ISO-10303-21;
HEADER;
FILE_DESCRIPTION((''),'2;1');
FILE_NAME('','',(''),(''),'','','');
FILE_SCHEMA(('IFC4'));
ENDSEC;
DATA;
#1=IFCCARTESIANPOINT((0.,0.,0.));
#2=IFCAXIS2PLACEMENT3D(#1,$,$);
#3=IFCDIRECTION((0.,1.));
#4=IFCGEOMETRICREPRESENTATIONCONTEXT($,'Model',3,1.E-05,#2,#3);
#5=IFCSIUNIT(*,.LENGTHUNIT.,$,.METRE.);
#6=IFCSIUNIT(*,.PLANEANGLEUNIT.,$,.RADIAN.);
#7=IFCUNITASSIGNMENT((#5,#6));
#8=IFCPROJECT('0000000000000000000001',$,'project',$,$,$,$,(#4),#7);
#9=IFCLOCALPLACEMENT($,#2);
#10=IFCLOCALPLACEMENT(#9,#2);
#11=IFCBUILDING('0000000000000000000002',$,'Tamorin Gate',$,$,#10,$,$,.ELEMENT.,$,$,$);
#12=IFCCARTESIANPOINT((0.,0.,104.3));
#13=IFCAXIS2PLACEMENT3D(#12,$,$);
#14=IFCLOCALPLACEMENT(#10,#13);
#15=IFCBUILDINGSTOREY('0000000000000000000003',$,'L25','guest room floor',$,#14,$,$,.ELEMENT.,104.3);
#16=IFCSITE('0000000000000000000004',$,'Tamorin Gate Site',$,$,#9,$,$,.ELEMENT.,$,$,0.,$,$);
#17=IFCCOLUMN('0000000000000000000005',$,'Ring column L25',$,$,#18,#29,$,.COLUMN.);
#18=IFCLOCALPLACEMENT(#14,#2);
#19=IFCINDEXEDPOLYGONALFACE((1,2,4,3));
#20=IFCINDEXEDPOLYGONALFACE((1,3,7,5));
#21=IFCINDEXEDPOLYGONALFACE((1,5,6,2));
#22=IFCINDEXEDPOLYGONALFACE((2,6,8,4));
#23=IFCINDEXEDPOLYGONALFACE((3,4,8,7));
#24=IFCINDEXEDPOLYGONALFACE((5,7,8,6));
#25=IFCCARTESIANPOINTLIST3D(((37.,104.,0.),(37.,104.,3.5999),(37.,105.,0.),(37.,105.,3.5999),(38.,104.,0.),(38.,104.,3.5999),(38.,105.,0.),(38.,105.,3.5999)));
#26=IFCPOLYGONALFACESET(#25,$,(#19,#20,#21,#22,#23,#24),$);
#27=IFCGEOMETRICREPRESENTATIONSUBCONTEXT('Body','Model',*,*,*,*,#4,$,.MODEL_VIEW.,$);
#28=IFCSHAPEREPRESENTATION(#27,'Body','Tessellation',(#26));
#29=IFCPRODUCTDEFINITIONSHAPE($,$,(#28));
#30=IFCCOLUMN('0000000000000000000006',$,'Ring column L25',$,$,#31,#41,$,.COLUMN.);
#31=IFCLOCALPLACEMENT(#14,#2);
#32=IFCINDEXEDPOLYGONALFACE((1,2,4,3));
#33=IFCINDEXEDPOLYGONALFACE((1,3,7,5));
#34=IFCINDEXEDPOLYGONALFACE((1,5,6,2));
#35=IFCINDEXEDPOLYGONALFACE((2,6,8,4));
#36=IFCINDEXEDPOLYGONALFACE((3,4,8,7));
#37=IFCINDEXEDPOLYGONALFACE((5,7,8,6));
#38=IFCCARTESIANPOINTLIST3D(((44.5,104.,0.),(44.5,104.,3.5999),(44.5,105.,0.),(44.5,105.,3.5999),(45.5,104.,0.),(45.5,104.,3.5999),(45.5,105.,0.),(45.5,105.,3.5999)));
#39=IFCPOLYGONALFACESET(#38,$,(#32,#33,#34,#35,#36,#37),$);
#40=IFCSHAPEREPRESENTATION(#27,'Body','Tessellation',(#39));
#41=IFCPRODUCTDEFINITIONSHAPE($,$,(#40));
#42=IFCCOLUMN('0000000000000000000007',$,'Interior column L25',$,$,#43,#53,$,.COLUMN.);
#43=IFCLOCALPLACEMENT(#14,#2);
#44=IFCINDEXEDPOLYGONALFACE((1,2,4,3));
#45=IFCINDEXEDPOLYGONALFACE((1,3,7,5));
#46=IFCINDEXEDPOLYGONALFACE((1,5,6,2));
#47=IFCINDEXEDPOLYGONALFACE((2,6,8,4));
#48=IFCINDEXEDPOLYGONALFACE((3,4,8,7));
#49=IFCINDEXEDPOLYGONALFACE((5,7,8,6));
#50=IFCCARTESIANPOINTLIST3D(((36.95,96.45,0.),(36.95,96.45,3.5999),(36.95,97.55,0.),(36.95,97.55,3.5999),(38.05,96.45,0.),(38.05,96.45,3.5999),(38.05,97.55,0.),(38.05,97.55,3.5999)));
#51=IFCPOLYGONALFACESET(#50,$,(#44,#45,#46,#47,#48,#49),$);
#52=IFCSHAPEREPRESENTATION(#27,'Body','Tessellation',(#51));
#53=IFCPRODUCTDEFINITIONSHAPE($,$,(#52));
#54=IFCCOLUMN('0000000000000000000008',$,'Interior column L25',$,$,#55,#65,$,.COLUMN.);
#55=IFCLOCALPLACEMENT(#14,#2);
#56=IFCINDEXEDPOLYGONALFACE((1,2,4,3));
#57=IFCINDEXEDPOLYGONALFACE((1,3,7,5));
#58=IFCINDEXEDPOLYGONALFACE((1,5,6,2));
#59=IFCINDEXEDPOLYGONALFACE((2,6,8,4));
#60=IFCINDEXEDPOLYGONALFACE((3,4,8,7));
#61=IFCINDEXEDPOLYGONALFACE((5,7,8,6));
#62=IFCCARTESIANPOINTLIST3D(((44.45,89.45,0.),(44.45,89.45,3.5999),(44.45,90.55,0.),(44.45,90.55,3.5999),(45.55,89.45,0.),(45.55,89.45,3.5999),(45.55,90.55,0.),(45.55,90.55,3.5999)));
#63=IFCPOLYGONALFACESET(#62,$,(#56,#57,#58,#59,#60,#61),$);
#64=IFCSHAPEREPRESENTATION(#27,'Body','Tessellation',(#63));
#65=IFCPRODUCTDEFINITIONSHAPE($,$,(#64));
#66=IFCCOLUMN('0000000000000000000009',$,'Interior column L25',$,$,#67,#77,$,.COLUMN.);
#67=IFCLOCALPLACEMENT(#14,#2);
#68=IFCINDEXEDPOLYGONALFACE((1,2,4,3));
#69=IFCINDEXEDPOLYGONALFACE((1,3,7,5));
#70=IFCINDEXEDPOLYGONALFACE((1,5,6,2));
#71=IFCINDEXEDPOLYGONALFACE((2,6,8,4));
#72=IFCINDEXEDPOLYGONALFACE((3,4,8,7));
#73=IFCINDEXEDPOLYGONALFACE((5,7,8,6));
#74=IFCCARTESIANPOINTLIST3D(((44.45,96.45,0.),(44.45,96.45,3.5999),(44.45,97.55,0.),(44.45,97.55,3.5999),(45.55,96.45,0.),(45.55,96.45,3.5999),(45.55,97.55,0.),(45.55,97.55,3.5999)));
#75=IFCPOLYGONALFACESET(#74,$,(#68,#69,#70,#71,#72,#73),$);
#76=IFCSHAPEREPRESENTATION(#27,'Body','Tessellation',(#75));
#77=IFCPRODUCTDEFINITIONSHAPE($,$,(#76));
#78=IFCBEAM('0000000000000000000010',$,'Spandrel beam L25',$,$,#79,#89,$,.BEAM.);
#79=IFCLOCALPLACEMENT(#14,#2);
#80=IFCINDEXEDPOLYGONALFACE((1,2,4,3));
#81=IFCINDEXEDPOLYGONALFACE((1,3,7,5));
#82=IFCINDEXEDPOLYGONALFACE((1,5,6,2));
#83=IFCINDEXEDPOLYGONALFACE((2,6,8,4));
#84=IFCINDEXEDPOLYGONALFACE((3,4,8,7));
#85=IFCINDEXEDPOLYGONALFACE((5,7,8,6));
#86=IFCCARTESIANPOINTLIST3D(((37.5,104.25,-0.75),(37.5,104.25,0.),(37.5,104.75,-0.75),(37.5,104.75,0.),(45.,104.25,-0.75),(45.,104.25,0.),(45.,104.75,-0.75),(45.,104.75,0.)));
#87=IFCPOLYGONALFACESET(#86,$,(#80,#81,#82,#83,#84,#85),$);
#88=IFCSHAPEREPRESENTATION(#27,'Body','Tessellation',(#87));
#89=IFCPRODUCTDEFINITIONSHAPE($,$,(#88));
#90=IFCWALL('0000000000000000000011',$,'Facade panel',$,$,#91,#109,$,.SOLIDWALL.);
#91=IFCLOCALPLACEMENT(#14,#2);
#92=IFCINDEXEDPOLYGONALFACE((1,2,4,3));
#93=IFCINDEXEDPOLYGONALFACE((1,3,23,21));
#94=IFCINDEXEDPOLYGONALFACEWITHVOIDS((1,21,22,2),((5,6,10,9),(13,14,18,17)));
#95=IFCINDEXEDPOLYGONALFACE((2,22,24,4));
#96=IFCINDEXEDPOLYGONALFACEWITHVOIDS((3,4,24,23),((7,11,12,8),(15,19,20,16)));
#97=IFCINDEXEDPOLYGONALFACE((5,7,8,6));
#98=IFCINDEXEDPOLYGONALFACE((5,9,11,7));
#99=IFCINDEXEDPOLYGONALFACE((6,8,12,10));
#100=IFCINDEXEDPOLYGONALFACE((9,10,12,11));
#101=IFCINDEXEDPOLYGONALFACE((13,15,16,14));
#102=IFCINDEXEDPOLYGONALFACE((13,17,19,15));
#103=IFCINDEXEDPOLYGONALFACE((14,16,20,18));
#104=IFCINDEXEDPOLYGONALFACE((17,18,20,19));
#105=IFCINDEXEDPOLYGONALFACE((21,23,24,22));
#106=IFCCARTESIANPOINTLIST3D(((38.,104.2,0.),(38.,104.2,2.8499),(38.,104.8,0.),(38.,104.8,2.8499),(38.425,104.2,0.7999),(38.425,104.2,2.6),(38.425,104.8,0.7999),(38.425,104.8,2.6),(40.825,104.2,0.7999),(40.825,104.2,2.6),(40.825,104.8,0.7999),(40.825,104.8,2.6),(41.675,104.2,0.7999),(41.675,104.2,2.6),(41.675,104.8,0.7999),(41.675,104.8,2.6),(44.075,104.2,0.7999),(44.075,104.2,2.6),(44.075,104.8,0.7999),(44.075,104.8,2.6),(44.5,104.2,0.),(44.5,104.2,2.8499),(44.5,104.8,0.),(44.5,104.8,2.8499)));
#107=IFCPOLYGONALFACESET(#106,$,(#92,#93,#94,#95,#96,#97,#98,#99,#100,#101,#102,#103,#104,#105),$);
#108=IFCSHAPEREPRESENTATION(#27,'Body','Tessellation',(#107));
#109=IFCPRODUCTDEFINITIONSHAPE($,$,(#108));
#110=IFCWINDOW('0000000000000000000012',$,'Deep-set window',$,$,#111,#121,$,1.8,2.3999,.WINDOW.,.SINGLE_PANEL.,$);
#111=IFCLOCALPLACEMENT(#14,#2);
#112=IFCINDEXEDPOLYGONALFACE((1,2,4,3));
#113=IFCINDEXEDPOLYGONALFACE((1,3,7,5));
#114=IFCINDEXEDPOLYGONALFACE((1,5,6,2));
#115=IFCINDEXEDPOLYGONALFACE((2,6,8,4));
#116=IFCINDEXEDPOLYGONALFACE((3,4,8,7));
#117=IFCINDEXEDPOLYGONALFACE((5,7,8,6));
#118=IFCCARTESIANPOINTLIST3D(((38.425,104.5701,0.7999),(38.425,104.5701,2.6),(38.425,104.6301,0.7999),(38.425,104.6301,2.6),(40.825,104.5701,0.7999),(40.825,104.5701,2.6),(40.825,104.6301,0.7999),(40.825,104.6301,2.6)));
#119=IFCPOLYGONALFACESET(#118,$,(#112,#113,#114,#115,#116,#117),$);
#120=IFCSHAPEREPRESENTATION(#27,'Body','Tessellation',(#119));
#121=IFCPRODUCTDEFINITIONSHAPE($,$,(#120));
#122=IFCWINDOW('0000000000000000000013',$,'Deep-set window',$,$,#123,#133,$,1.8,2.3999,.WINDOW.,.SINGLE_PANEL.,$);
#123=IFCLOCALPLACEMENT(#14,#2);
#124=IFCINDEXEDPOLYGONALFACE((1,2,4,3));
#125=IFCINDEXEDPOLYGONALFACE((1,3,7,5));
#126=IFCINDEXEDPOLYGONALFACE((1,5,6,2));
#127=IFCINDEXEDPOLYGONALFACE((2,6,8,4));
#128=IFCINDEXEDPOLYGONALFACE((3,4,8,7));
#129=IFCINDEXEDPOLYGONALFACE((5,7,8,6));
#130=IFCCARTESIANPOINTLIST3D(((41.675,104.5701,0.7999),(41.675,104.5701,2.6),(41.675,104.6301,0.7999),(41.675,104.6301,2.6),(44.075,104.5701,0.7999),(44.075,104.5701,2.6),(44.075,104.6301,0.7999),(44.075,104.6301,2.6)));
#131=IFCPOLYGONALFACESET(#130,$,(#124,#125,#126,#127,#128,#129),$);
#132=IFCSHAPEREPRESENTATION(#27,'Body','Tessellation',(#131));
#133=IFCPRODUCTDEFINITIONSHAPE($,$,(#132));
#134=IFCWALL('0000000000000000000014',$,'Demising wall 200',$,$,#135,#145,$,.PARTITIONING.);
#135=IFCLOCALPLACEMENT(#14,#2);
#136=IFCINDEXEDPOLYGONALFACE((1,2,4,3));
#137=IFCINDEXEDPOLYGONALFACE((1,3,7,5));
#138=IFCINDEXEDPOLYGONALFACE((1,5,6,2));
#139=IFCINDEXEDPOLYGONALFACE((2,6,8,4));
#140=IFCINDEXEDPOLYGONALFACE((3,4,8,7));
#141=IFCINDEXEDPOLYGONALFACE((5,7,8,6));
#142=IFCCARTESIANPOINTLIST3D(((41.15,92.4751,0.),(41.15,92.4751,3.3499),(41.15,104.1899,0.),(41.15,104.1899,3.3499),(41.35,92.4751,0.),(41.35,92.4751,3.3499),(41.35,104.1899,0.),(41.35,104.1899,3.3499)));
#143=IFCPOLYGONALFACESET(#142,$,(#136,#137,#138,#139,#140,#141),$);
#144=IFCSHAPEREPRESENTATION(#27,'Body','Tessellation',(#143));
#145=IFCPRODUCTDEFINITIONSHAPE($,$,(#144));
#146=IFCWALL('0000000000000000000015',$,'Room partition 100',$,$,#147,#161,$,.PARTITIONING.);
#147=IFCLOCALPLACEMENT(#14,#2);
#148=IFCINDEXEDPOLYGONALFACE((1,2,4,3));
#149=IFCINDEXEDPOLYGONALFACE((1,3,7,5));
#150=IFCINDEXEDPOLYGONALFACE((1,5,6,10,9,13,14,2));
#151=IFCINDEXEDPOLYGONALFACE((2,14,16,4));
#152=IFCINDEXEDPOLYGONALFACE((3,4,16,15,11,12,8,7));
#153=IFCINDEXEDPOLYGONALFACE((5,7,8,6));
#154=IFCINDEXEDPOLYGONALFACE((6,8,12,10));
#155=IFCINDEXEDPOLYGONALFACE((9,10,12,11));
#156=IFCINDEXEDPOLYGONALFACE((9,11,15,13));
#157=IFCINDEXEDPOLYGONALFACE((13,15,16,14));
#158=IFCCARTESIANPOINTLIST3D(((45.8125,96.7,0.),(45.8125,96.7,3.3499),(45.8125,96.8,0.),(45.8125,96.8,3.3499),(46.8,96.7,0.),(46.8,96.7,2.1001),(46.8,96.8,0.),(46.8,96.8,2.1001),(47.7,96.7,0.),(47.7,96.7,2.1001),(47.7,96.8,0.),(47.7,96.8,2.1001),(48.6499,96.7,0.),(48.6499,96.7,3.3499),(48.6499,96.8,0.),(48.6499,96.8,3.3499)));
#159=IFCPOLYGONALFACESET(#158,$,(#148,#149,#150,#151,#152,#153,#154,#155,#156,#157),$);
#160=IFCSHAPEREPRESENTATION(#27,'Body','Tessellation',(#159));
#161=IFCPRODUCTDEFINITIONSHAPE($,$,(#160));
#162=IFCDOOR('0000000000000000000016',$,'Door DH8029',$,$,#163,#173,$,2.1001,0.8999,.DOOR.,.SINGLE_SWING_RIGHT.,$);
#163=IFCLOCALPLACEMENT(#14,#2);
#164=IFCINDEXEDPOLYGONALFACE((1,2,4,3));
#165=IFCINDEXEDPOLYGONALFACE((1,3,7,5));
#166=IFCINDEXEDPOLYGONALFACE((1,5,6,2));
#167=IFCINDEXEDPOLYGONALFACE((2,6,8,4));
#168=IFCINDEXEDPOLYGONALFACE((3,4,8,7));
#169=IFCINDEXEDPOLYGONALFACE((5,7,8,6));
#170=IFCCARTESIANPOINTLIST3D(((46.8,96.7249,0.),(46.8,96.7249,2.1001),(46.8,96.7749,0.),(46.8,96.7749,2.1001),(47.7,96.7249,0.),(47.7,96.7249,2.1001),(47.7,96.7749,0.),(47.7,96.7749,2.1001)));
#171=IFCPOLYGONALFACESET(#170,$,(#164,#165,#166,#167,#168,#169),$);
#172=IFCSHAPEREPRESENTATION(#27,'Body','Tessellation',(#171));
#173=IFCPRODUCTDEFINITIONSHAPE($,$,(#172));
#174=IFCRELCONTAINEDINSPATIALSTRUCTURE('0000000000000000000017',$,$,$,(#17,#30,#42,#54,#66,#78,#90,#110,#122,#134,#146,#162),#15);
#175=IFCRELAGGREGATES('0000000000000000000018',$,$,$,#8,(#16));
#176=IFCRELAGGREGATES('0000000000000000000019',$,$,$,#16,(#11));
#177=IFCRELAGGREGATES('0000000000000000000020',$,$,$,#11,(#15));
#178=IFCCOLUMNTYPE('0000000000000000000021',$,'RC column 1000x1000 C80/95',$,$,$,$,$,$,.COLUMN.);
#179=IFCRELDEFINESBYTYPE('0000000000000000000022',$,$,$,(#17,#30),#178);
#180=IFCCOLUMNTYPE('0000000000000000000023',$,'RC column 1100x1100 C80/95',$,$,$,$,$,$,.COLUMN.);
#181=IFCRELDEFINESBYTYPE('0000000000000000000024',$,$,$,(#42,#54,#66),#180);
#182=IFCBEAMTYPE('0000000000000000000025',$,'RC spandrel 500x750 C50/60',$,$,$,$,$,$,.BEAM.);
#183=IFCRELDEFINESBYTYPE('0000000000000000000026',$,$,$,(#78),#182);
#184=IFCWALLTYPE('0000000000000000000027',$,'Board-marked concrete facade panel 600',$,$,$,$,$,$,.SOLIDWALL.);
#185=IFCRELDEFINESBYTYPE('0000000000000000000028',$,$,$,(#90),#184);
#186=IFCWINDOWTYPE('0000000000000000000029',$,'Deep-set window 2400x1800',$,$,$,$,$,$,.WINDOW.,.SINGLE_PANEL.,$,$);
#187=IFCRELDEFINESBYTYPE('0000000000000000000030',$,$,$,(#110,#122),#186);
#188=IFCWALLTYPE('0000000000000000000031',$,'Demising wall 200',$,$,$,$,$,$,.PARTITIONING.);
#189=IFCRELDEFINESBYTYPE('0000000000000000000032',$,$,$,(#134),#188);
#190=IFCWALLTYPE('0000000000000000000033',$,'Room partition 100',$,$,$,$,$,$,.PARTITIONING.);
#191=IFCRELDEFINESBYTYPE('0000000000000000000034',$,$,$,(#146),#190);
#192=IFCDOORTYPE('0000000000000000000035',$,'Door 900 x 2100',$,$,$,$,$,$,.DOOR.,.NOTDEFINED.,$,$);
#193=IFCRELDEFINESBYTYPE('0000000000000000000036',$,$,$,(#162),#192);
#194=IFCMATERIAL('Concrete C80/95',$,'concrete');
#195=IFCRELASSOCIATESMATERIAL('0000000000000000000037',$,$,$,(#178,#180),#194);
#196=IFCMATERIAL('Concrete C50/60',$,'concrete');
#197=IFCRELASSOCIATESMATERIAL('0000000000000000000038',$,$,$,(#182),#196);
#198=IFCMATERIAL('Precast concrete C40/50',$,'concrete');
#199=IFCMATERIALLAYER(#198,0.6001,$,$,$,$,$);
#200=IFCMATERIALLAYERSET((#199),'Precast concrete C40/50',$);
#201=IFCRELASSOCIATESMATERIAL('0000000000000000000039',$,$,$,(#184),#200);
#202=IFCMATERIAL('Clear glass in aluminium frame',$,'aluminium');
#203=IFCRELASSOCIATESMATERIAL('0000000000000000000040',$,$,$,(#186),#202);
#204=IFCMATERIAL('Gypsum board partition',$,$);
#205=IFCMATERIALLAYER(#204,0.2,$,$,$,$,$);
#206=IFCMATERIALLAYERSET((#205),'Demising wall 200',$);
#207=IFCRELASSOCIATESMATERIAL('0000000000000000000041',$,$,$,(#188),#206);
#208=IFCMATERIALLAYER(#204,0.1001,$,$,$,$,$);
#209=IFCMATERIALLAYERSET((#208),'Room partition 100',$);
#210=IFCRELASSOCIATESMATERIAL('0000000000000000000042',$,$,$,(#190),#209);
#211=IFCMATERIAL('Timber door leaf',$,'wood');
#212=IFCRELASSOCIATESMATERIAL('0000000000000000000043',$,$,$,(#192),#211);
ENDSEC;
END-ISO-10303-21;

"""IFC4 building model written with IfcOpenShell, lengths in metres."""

from ifc_helpers import new_model, si_unit, direction, frame, frame_2d, origin, origin_2d, place, context, subcontext, project, spatial, rectangle, extrude, material, layer, layer_set, material_profile, profile_set, type_object, element, fill, save


model = new_model("IFC4")

# Units and contexts
model_context = context("Model", 3, precision=1e-05, world=origin(), true_north=direction((0.0, 1.0)))
body_context = subcontext(model_context, "Body", "Model", "MODEL_VIEW")
ifc_project = project(units=[si_unit("LENGTHUNIT", "METRE"), si_unit("PLANEANGLEUNIT", "RADIAN")], contexts=[model_context])

# Site, building, storey
site_placement = place(None, origin())
site = spatial("IfcSite", under=ifc_project, at=site_placement, Name="Tamorin Gate Site", CompositionType="ELEMENT", RefElevation=0.0)
building_placement = place(site_placement, origin())
building = spatial("IfcBuilding", under=site, at=building_placement, Name="Tamorin Gate", CompositionType="ELEMENT")
storey_placement = place(building_placement, frame((0.0, 0.0, 104.3)))
storey = spatial("IfcBuildingStorey", under=building, at=storey_placement, Name="L25", Description="guest room floor", CompositionType="ELEMENT", Elevation=104.3)

# Columns
ifc_material_1 = material(Name="Concrete C80/95", Category="concrete")
ifc_material_profile_1 = material_profile(ifc_material_1, rectangle(XDim=1.0, YDim=1.0, at=origin_2d()), Name="RC 1000x1000")
ifc_profile_set_1 = profile_set([ifc_material_profile_1], Name="Concrete C80/95")
column_type_1 = type_object("IfcColumnType", Name="RC column 1000x1000 C80/95", PredefinedType="COLUMN", material=ifc_profile_set_1)
for number, where, z_axis, x_axis, name in (
    (1, (37.5, 104.5, 0.0), (0.0, 0.0, 1.0), (1.0, 0.0, 0.0), "Ring column L25"),
    (2, (45.0, 104.5, 0.0), (0.0, 0.0, 1.0), (1.0, 0.0, 0.0), "Ring column L25"),
):
    element("IfcColumn", number, at=place(storey_placement, frame(where, z_axis=z_axis, x_axis=x_axis)), inside=storey, type_object=column_type_1, Name=name, PredefinedType="COLUMN", context=body_context, shape_type="SweptSolid", body=[
        extrude(rectangle(XDim=1.0, YDim=1.0, at=origin_2d()), origin(), (0.0, 0.0, 1.0), 3.5999),
    ])
ifc_material_profile_2 = material_profile(ifc_material_1, rectangle(XDim=1.1001, YDim=1.1001, at=origin_2d()), Name="RC 1100x1100")
ifc_profile_set_2 = profile_set([ifc_material_profile_2], Name="Concrete C80/95")
column_type_2 = type_object("IfcColumnType", Name="RC column 1100x1100 C80/95", PredefinedType="COLUMN", material=ifc_profile_set_2)
for number, where, z_axis, x_axis, name in (
    (3, (37.5, 97.0, 0.0), (0.0, 0.0, 1.0), (1.0, 0.0, 0.0), "Interior column L25"),
    (4, (45.0, 90.0, 0.0), (0.0, 0.0, 1.0), (1.0, 0.0, 0.0), "Interior column L25"),
    (5, (45.0, 97.0, 0.0), (0.0, 0.0, 1.0), (1.0, 0.0, 0.0), "Interior column L25"),
):
    element("IfcColumn", number, at=place(storey_placement, frame(where, z_axis=z_axis, x_axis=x_axis)), inside=storey, type_object=column_type_2, Name=name, PredefinedType="COLUMN", context=body_context, shape_type="SweptSolid", body=[
        extrude(rectangle(XDim=1.1001, YDim=1.1001, at=origin_2d()), origin(), (0.0, 0.0, 1.0), 3.5999),
    ])

# Beam
ifc_material_2 = material(Name="Concrete C50/60", Category="concrete")
ifc_material_profile_3 = material_profile(ifc_material_2, rectangle(XDim=0.5, YDim=0.75, at=origin_2d()), Name="RC 500x750")
ifc_profile_set_3 = profile_set([ifc_material_profile_3], Name="Concrete C50/60")
beam_type = type_object("IfcBeamType", Name="RC spandrel 500x750 C50/60", PredefinedType="BEAM", material=ifc_profile_set_3)
beam_placement = place(storey_placement, frame((45.0, 104.5, -0.375), z_axis=(-1.0, 0.0, 0.0), x_axis=(0.0, -1.0, 0.0)))
element("IfcBeam", 6, at=beam_placement, inside=storey, type_object=beam_type, Name="Spandrel beam L25", PredefinedType="BEAM", context=body_context, shape_type="SweptSolid", body=[
    extrude(rectangle(XDim=0.5, YDim=0.75, at=origin_2d()), origin(), (0.0, 0.0, 1.0), 7.5),
])

# Wall, openings, windows
ifc_material_3 = material(Name="Precast concrete C40/50", Category="concrete")
ifc_layer_1 = layer(ifc_material_3, 0.6001)
ifc_layer_set_1 = layer_set([ifc_layer_1], Name="Precast concrete C40/50")
wall_type_1 = type_object("IfcWallType", Name="Board-marked concrete facade panel 600", PredefinedType="SOLIDWALL", material=ifc_layer_set_1)
wall_1_placement = place(storey_placement, frame((44.5, 104.5, 0.0), z_axis=(0.0, 0.0, 1.0), x_axis=(-1.0, 0.0, 0.0)))
wall_1 = element("IfcWall", 7, at=wall_1_placement, inside=storey, type_object=wall_type_1, Name="Facade panel", PredefinedType="SOLIDWALL", context=body_context, shape_type="SweptSolid", body=[
    extrude(rectangle(XDim=6.5, YDim=0.6001, at=frame_2d((3.25, 0.0))), origin(), (0.0, 0.0, 1.0), 2.8499),
])
opening_1_placement = place(wall_1_placement, frame((3.675, 0.0, 0.8)))
opening_1 = element("IfcOpeningElement", 8, at=opening_1_placement, cuts=wall_1, PredefinedType="OPENING", context=body_context, shape_type="SweptSolid", body=[
    extrude(rectangle(XDim=2.3999, YDim=1.8, at=frame_2d((1.2, 0.8999))), frame((0.0, 0.3101, 0.0), z_axis=(0.0, -1.0, 0.0), x_axis=(1.0, 0.0, 0.0)), (0.0, 0.0, 1.0), 0.6201),
])
opening_2_placement = place(wall_1_placement, frame((0.425, 0.0, 0.8)))
opening_2 = element("IfcOpeningElement", 9, at=opening_2_placement, cuts=wall_1, PredefinedType="OPENING", context=body_context, shape_type="SweptSolid", body=[
    extrude(rectangle(XDim=2.3999, YDim=1.8, at=frame_2d((1.2, 0.8999))), frame((0.0, 0.3101, 0.0), z_axis=(0.0, -1.0, 0.0), x_axis=(1.0, 0.0, 0.0)), (0.0, 0.0, 1.0), 0.6201),
])
ifc_material_4 = material(Name="Clear glass in aluminium frame", Category="aluminium")
window_type = type_object("IfcWindowType", Name="Deep-set window 2400x1800", PartitioningType="SINGLE_PANEL", PredefinedType="WINDOW", material=ifc_material_4)
window_1_placement = place(opening_1_placement, origin())
window_1 = element("IfcWindow", 10, at=window_1_placement, inside=storey, type_object=window_type, Name="Deep-set window", OverallHeight=1.8, OverallWidth=2.3999, PartitioningType="SINGLE_PANEL", PredefinedType="WINDOW", context=body_context, shape_type="SweptSolid", body=[
    extrude(rectangle(XDim=2.3999, YDim=1.8, at=frame_2d((1.2, 0.8999))), frame((0.0, -0.0701, 0.0), z_axis=(0.0, -1.0, 0.0), x_axis=(1.0, 0.0, 0.0)), (0.0, 0.0, 1.0), 0.0601),
])
fill(opening_1, window_1)
window_2_placement = place(opening_2_placement, origin())
window_2 = element("IfcWindow", 11, at=window_2_placement, inside=storey, type_object=window_type, Name="Deep-set window", OverallHeight=1.8, OverallWidth=2.3999, PartitioningType="SINGLE_PANEL", PredefinedType="WINDOW", context=body_context, shape_type="SweptSolid", body=[
    extrude(rectangle(XDim=2.3999, YDim=1.8, at=frame_2d((1.2, 0.8999))), frame((0.0, -0.0701, 0.0), z_axis=(0.0, -1.0, 0.0), x_axis=(1.0, 0.0, 0.0)), (0.0, 0.0, 1.0), 0.0601),
])
fill(opening_2, window_2)

# Wall
ifc_material_5 = material(Name="Gypsum board partition")
ifc_layer_2 = layer(ifc_material_5, 0.2)
ifc_layer_set_2 = layer_set([ifc_layer_2], Name="Demising wall 200")
wall_type_2 = type_object("IfcWallType", Name="Demising wall 200", PredefinedType="PARTITIONING", material=ifc_layer_set_2)
wall_2_placement = place(storey_placement, frame((41.25, 92.4751, 0.0), z_axis=(0.0, 0.0, 1.0), x_axis=(0.0, 1.0, 0.0)))
element("IfcWall", 12, at=wall_2_placement, inside=storey, type_object=wall_type_2, Name="Demising wall 200", PredefinedType="PARTITIONING", context=body_context, shape_type="SweptSolid", body=[
    extrude(rectangle(XDim=11.7148, YDim=0.2, at=frame_2d((5.8574, 0.0))), origin(), (0.0, 0.0, 1.0), 3.3499),
])

# Wall, opening, door
ifc_layer_3 = layer(ifc_material_5, 0.1001)
ifc_layer_set_3 = layer_set([ifc_layer_3], Name="Room partition 100")
wall_type_3 = type_object("IfcWallType", Name="Room partition 100", PredefinedType="PARTITIONING", material=ifc_layer_set_3)
wall_3_placement = place(storey_placement, frame((45.8125, 96.75, 0.0), z_axis=(0.0, 0.0, 1.0), x_axis=(1.0, 0.0, 0.0)))
wall_3 = element("IfcWall", 13, at=wall_3_placement, inside=storey, type_object=wall_type_3, Name="Room partition 100", PredefinedType="PARTITIONING", context=body_context, shape_type="SweptSolid", body=[
    extrude(rectangle(XDim=2.8374, YDim=0.1001, at=frame_2d((1.4187, 0.0))), origin(), (0.0, 0.0, 1.0), 3.3499),
])
opening_3_placement = place(wall_3_placement, frame((0.9875, 0.0, 0.0)))
opening_3 = element("IfcOpeningElement", 14, at=opening_3_placement, cuts=wall_3, PredefinedType="OPENING", context=body_context, shape_type="SweptSolid", body=[
    extrude(rectangle(XDim=0.8999, YDim=2.1001, at=frame_2d((0.45, 1.05))), frame((0.0, 0.0601, 0.0), z_axis=(0.0, -1.0, 0.0), x_axis=(1.0, 0.0, 0.0)), (0.0, 0.0, 1.0), 0.1201),
])
ifc_material_6 = material(Name="Timber door leaf", Category="wood")
door_type = type_object("IfcDoorType", Name="Door 900 x 2100", OperationType="NOTDEFINED", PredefinedType="DOOR", material=ifc_material_6)
door_1_placement = place(opening_3_placement, origin())
door_1 = element("IfcDoor", 15, at=door_1_placement, inside=storey, type_object=door_type, Name="Door DH8029", OperationType="SINGLE_SWING_RIGHT", OverallHeight=2.1001, OverallWidth=0.8999, PredefinedType="DOOR", context=body_context, shape_type="SweptSolid", body=[
    extrude(rectangle(XDim=0.8999, YDim=2.1001, at=frame_2d((0.45, 1.05))), frame((0.0, 0.0249, 0.0), z_axis=(0.0, -1.0, 0.0), x_axis=(1.0, 0.0, 0.0)), (0.0, 0.0, 1.0), 0.05),
])
fill(opening_3, door_1)

save(model, "model.ifc")
